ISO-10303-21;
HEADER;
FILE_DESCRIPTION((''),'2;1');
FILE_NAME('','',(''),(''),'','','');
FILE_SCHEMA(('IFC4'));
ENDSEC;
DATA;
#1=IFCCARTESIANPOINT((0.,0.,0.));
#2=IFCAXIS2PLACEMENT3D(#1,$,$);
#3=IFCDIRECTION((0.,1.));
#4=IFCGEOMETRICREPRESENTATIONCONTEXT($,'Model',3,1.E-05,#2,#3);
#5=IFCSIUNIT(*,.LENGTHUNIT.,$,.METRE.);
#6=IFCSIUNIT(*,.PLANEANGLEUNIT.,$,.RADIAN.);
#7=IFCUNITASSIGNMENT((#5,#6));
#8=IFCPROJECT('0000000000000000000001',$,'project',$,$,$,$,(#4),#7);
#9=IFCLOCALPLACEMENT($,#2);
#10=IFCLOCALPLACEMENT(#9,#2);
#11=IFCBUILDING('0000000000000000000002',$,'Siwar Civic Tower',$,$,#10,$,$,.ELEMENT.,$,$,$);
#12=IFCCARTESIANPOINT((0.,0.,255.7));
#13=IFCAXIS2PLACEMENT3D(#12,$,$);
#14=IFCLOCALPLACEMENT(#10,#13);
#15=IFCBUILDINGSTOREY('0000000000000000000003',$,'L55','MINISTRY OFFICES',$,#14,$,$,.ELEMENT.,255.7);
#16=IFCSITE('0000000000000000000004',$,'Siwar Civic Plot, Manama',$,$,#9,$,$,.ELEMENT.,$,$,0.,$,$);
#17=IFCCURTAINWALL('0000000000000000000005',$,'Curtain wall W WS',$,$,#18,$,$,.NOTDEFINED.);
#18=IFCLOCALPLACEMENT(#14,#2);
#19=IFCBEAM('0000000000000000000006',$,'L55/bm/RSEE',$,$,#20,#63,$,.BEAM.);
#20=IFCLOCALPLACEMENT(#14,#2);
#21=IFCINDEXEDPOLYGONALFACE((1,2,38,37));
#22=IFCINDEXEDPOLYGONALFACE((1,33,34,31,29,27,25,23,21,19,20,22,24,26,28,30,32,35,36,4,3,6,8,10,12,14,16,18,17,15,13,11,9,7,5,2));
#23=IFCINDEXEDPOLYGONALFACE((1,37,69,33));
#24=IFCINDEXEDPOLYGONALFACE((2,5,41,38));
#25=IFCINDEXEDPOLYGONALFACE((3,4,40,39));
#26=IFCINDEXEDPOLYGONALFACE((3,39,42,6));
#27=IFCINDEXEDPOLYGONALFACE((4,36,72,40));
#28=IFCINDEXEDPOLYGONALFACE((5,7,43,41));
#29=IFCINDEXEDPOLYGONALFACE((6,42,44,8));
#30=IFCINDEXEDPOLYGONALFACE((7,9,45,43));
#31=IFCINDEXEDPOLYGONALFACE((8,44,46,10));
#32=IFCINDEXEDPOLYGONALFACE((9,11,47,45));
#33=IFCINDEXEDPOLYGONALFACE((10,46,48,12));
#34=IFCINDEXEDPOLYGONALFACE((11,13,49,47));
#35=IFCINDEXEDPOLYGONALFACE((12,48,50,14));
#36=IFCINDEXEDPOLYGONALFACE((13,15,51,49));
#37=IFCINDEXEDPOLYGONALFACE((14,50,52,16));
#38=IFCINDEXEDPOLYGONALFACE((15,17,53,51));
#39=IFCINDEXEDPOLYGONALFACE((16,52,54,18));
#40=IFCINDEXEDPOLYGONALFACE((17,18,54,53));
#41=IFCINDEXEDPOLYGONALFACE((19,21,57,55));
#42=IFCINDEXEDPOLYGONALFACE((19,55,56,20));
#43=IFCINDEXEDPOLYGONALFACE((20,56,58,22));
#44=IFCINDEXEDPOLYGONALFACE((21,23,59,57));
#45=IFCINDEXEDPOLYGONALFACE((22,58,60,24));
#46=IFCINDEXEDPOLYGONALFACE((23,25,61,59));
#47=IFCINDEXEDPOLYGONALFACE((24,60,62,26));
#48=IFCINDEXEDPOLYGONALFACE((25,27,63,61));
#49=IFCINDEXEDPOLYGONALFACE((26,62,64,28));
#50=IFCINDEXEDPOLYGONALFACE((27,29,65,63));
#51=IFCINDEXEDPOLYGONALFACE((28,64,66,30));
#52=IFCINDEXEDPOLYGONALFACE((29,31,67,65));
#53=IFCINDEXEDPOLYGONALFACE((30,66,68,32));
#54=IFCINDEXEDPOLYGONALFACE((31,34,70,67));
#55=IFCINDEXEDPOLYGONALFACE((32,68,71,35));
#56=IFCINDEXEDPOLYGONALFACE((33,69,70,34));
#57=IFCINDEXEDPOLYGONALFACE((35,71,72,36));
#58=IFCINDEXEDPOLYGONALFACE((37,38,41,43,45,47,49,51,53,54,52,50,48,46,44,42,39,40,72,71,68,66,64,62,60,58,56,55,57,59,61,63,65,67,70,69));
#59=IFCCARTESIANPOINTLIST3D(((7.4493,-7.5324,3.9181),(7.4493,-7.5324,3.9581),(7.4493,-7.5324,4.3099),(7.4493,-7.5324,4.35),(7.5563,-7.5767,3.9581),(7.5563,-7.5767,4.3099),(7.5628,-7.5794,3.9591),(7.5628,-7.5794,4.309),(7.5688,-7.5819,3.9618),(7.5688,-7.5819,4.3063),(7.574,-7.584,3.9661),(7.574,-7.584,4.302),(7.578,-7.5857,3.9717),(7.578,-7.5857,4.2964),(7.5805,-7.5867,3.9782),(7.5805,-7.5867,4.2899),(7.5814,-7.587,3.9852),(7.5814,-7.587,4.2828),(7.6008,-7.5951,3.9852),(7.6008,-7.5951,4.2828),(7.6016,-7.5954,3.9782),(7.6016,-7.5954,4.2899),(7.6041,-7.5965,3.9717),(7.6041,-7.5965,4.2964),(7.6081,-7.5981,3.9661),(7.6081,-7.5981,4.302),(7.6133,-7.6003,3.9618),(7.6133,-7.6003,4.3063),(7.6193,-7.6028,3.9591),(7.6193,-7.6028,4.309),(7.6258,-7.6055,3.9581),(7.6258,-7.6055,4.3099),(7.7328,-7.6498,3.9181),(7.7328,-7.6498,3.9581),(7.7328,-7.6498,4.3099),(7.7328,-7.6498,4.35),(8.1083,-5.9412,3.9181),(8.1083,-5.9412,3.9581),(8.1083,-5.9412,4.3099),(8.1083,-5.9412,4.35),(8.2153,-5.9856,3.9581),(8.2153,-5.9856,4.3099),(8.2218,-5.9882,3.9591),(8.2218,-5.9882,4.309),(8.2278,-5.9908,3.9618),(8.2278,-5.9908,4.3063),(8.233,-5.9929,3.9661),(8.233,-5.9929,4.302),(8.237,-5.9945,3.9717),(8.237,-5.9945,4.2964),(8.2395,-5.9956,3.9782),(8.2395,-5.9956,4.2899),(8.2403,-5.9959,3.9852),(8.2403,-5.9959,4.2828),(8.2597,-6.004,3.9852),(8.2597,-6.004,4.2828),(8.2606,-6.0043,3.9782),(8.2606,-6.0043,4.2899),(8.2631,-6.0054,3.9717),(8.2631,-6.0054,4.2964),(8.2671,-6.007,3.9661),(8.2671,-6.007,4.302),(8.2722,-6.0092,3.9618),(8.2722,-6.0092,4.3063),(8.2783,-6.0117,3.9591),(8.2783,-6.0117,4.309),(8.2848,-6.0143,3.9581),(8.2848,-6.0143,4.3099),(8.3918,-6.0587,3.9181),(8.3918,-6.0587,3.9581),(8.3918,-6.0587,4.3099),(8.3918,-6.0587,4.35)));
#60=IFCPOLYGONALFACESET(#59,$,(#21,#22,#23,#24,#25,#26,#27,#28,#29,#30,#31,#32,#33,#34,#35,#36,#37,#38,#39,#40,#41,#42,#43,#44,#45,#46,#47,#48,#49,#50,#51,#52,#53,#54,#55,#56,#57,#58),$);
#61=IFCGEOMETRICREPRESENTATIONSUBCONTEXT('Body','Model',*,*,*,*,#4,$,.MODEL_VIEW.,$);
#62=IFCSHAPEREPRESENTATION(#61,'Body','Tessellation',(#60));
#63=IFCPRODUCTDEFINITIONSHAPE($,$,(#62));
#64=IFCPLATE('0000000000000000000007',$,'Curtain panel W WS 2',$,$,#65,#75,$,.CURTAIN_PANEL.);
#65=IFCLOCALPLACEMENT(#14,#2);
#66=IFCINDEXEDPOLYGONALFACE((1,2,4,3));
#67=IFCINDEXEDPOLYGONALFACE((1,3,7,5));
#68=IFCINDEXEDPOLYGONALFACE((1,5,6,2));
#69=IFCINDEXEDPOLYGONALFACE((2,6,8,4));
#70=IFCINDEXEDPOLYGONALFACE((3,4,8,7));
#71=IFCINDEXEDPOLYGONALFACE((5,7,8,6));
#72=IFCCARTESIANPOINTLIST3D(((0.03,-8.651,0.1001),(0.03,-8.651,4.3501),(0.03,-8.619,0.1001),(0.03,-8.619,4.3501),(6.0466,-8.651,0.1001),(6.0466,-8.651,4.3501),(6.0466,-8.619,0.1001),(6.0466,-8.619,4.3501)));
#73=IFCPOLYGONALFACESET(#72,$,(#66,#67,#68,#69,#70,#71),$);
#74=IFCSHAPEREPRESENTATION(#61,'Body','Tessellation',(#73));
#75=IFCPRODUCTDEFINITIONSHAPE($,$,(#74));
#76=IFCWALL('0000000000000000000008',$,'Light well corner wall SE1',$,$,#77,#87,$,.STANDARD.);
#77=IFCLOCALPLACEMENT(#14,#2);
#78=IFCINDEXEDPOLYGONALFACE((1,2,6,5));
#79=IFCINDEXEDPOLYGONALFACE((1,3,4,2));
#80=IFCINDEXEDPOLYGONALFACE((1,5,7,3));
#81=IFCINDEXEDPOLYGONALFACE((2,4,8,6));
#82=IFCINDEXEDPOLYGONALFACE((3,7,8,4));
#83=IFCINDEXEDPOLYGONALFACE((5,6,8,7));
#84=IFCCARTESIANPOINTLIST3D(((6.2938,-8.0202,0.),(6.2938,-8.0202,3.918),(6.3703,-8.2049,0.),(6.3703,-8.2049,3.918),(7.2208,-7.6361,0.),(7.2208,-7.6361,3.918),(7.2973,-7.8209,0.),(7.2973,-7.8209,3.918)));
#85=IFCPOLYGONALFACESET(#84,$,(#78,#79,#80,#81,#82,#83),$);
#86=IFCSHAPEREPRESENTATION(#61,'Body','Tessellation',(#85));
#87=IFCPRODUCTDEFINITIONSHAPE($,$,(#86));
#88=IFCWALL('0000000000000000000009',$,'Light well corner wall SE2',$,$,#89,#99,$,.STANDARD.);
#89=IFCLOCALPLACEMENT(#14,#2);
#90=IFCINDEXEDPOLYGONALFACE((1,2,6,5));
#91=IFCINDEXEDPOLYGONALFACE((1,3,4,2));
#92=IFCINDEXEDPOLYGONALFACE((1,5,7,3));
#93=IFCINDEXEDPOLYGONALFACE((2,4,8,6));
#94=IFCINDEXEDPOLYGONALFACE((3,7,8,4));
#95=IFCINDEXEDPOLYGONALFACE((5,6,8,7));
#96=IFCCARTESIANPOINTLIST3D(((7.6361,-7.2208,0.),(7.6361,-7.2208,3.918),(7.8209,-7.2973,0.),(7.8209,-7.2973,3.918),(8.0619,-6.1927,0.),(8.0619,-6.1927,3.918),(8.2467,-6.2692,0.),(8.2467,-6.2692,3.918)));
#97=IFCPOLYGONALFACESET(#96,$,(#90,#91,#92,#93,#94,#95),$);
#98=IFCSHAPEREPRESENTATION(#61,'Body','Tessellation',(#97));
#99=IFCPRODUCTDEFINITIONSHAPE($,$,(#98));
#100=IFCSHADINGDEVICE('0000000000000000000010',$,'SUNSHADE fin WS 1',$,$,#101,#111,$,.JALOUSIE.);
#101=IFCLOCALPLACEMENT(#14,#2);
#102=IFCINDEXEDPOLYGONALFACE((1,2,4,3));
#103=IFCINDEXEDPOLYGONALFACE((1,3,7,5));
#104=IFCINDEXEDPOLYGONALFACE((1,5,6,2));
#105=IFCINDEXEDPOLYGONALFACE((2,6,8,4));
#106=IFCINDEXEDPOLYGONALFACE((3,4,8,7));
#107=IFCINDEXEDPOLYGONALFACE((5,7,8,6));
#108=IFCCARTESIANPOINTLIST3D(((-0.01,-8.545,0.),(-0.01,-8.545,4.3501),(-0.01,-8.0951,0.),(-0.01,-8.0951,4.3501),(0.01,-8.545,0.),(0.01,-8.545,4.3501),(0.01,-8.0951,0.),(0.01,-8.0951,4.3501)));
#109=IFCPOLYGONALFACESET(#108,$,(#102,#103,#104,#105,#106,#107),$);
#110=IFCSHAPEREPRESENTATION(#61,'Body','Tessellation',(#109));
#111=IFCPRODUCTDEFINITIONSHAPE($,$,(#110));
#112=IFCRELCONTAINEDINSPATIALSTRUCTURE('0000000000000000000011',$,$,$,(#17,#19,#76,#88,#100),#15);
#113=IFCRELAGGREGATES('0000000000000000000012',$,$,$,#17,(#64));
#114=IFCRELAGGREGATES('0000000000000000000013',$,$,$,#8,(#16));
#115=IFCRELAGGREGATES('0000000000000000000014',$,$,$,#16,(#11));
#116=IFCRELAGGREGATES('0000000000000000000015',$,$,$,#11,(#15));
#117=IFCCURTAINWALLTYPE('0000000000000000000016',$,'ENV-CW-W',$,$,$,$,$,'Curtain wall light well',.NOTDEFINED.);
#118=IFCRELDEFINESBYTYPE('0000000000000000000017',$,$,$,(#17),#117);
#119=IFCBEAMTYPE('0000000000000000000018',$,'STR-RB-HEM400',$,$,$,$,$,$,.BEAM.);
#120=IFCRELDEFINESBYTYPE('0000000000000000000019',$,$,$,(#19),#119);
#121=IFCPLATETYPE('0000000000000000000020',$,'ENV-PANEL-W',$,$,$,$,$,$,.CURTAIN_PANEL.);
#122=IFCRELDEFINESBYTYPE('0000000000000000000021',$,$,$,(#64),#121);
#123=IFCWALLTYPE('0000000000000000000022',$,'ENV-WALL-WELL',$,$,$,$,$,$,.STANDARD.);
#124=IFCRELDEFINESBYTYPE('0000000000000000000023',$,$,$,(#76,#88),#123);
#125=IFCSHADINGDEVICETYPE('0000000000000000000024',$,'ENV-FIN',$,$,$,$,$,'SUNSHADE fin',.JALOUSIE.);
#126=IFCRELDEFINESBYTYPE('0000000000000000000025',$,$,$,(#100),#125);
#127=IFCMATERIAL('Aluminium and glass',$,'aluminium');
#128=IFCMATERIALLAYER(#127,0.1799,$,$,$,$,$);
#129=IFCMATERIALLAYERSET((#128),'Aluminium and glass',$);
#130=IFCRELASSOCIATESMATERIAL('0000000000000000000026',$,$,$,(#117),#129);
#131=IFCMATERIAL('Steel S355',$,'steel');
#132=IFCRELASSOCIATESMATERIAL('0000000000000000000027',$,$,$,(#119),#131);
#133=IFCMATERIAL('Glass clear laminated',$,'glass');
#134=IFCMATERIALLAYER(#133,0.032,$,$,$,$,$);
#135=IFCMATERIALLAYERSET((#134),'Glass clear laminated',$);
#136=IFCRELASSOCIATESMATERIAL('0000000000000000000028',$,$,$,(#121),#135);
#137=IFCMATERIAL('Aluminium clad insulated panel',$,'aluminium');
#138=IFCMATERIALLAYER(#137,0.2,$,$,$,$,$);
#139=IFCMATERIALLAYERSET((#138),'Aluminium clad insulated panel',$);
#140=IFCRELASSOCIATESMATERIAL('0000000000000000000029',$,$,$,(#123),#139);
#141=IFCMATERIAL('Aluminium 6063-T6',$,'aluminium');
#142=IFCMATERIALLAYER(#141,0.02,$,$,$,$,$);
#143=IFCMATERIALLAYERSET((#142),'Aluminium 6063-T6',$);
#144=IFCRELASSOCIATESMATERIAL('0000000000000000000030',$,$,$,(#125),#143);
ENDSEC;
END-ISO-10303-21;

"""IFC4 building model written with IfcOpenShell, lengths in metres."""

from ifc_helpers import new_model, si_unit, direction, frame, frame_2d, origin, origin_2d, place, context, subcontext, project, spatial, rectangle, i_section, extrude, material, layer, layer_set, material_profile, profile_set, type_object, element, aggregate, save


model = new_model("IFC4")

# Units and contexts
model_context = context("Model", 3, precision=1e-05, world=origin(), true_north=direction((0.0, 1.0)))
body_context = subcontext(model_context, "Body", "Model", "MODEL_VIEW")
ifc_project = project(units=[si_unit("LENGTHUNIT", "METRE"), si_unit("PLANEANGLEUNIT", "RADIAN")], contexts=[model_context])

# Site, building, storey
site_placement = place(None, origin())
site = spatial("IfcSite", under=ifc_project, at=site_placement, Name="Siwar Civic Plot, Manama", CompositionType="ELEMENT", RefElevation=0.0)
building_placement = place(site_placement, origin())
building = spatial("IfcBuilding", under=site, at=building_placement, Name="Siwar Civic Tower", CompositionType="ELEMENT")
storey_placement = place(building_placement, frame((0.0, 0.0, 255.7)))
storey = spatial("IfcBuildingStorey", under=building, at=storey_placement, Name="L55", Description="MINISTRY OFFICES", CompositionType="ELEMENT", Elevation=255.7)

# Curtain wall
ifc_material_1 = material(Name="Aluminium and glass", Category="aluminium")
ifc_layer_1 = layer(ifc_material_1, 0.1799)
ifc_layer_set_1 = layer_set([ifc_layer_1], Name="Aluminium and glass")
curtain_wall_type = type_object("IfcCurtainWallType", Name="ENV-CW-W", ElementType="Curtain wall light well", PredefinedType="NOTDEFINED", material=ifc_layer_set_1)
curtain_wall_placement = place(storey_placement, origin())
curtain_wall = element("IfcCurtainWall", 1, at=curtain_wall_placement, inside=storey, type_object=curtain_wall_type, Name="Curtain wall W WS", PredefinedType="NOTDEFINED")

# Beam
ifc_material_2 = material(Name="Steel S355", Category="steel")
ifc_material_profile_1 = material_profile(ifc_material_2, i_section(OverallWidth=0.3069, OverallDepth=0.4319, WebThickness=0.021, FlangeThickness=0.04, FilletRadius=0.0271, at=origin_2d()), Name="HEM400")
ifc_profile_set_1 = profile_set([ifc_material_profile_1], Name="Steel S355")
beam_type_1 = type_object("IfcBeamType", Name="STR-RB-HEM400", PredefinedType="BEAM", material=ifc_profile_set_1)
for number, where, z_axis, x_axis, name in (
    (2, (7.5911, -7.5911, 4.134), (0.382631, 0.923901, 0.0), (-0.923901, 0.382631, 0.0), "L55/bm/RSEE"),
):
    element("IfcBeam", number, at=place(storey_placement, frame(where, z_axis=z_axis, x_axis=x_axis)), inside=storey, type_object=beam_type_1, Name=name, PredefinedType="BEAM", context=body_context, shape_type="SweptSolid", body=[
        extrude(i_section(OverallWidth=0.3069, OverallDepth=0.4319, WebThickness=0.021, FlangeThickness=0.04, FilletRadius=0.0271, at=origin_2d()), origin(), (0.0, 0.0, 1.0), 1.7222),
    ])

# Plate
ifc_material_3 = material(Name="Glass clear laminated", Category="glass")
ifc_layer_2 = layer(ifc_material_3, 0.032)
ifc_layer_set_2 = layer_set([ifc_layer_2], Name="Glass clear laminated")
plate_type = type_object("IfcPlateType", Name="ENV-PANEL-W", PredefinedType="CURTAIN_PANEL", material=ifc_layer_set_2)
plate_placement = place(storey_placement, frame((3.0383, -8.635, 0.1001), z_axis=(0.0, 0.0, 1.0), x_axis=(1.0, 0.0, 0.0)))
plate = element("IfcPlate", 3, at=plate_placement, type_object=plate_type, Name="Curtain panel W WS 2", PredefinedType="CURTAIN_PANEL", context=body_context, shape_type="SweptSolid", body=[
    extrude(rectangle(XDim=6.0166, YDim=0.032, at=origin_2d()), origin(), (0.0, 0.0, 1.0), 4.25),
])
aggregate(curtain_wall, [plate])

# Walls
ifc_material_4 = material(Name="Aluminium clad insulated panel", Category="aluminium")
ifc_layer_3 = layer(ifc_material_4, 0.2)
ifc_layer_set_3 = layer_set([ifc_layer_3], Name="Aluminium clad insulated panel")
wall_type = type_object("IfcWallType", Name="ENV-WALL-WELL", PredefinedType="STANDARD", material=ifc_layer_set_3)
wall_1_placement = place(storey_placement, frame((6.332, -8.1125, 0.0), z_axis=(0.0, 0.0, 1.0), x_axis=(0.92386, 0.382731, 0.0)))
element("IfcWall", 4, at=wall_1_placement, inside=storey, type_object=wall_type, Name="Light well corner wall SE1", PredefinedType="STANDARD", context=body_context, shape_type="SweptSolid", body=[
    extrude(rectangle(XDim=1.0034, YDim=0.2, at=frame_2d((0.5017, 0.0))), origin(), (0.0, 0.0, 1.0), 3.918),
])
wall_2_placement = place(storey_placement, frame((7.7285, -7.259, 0.0), z_axis=(0.0, 0.0, 1.0), x_axis=(0.382636, 0.923899, 0.0)))
element("IfcWall", 5, at=wall_2_placement, inside=storey, type_object=wall_type, Name="Light well corner wall SE2", PredefinedType="STANDARD", context=body_context, shape_type="SweptSolid", body=[
    extrude(rectangle(XDim=1.1128, YDim=0.2, at=frame_2d((0.5564, 0.0))), origin(), (0.0, 0.0, 1.0), 3.918),
])

# Shading device
ifc_material_5 = material(Name="Aluminium 6063-T6", Category="aluminium")
ifc_layer_4 = layer(ifc_material_5, 0.02)
ifc_layer_set_4 = layer_set([ifc_layer_4], Name="Aluminium 6063-T6")
shading_device_type = type_object("IfcShadingDeviceType", Name="ENV-FIN", ElementType="SUNSHADE fin", PredefinedType="JALOUSIE", material=ifc_layer_set_4)
shading_device_placement = place(storey_placement, frame((0.0, -8.3201, 0.0), z_axis=(0.0, 0.0, 1.0), x_axis=(1.0, 0.0, 0.0)))
element("IfcShadingDevice", 6, at=shading_device_placement, inside=storey, type_object=shading_device_type, Name="SUNSHADE fin WS 1", PredefinedType="JALOUSIE", context=body_context, shape_type="SweptSolid", body=[
    extrude(rectangle(XDim=0.02, YDim=0.45, at=origin_2d()), origin(), (0.0, 0.0, 1.0), 4.3501),
])

save(model, "model.ifc")
